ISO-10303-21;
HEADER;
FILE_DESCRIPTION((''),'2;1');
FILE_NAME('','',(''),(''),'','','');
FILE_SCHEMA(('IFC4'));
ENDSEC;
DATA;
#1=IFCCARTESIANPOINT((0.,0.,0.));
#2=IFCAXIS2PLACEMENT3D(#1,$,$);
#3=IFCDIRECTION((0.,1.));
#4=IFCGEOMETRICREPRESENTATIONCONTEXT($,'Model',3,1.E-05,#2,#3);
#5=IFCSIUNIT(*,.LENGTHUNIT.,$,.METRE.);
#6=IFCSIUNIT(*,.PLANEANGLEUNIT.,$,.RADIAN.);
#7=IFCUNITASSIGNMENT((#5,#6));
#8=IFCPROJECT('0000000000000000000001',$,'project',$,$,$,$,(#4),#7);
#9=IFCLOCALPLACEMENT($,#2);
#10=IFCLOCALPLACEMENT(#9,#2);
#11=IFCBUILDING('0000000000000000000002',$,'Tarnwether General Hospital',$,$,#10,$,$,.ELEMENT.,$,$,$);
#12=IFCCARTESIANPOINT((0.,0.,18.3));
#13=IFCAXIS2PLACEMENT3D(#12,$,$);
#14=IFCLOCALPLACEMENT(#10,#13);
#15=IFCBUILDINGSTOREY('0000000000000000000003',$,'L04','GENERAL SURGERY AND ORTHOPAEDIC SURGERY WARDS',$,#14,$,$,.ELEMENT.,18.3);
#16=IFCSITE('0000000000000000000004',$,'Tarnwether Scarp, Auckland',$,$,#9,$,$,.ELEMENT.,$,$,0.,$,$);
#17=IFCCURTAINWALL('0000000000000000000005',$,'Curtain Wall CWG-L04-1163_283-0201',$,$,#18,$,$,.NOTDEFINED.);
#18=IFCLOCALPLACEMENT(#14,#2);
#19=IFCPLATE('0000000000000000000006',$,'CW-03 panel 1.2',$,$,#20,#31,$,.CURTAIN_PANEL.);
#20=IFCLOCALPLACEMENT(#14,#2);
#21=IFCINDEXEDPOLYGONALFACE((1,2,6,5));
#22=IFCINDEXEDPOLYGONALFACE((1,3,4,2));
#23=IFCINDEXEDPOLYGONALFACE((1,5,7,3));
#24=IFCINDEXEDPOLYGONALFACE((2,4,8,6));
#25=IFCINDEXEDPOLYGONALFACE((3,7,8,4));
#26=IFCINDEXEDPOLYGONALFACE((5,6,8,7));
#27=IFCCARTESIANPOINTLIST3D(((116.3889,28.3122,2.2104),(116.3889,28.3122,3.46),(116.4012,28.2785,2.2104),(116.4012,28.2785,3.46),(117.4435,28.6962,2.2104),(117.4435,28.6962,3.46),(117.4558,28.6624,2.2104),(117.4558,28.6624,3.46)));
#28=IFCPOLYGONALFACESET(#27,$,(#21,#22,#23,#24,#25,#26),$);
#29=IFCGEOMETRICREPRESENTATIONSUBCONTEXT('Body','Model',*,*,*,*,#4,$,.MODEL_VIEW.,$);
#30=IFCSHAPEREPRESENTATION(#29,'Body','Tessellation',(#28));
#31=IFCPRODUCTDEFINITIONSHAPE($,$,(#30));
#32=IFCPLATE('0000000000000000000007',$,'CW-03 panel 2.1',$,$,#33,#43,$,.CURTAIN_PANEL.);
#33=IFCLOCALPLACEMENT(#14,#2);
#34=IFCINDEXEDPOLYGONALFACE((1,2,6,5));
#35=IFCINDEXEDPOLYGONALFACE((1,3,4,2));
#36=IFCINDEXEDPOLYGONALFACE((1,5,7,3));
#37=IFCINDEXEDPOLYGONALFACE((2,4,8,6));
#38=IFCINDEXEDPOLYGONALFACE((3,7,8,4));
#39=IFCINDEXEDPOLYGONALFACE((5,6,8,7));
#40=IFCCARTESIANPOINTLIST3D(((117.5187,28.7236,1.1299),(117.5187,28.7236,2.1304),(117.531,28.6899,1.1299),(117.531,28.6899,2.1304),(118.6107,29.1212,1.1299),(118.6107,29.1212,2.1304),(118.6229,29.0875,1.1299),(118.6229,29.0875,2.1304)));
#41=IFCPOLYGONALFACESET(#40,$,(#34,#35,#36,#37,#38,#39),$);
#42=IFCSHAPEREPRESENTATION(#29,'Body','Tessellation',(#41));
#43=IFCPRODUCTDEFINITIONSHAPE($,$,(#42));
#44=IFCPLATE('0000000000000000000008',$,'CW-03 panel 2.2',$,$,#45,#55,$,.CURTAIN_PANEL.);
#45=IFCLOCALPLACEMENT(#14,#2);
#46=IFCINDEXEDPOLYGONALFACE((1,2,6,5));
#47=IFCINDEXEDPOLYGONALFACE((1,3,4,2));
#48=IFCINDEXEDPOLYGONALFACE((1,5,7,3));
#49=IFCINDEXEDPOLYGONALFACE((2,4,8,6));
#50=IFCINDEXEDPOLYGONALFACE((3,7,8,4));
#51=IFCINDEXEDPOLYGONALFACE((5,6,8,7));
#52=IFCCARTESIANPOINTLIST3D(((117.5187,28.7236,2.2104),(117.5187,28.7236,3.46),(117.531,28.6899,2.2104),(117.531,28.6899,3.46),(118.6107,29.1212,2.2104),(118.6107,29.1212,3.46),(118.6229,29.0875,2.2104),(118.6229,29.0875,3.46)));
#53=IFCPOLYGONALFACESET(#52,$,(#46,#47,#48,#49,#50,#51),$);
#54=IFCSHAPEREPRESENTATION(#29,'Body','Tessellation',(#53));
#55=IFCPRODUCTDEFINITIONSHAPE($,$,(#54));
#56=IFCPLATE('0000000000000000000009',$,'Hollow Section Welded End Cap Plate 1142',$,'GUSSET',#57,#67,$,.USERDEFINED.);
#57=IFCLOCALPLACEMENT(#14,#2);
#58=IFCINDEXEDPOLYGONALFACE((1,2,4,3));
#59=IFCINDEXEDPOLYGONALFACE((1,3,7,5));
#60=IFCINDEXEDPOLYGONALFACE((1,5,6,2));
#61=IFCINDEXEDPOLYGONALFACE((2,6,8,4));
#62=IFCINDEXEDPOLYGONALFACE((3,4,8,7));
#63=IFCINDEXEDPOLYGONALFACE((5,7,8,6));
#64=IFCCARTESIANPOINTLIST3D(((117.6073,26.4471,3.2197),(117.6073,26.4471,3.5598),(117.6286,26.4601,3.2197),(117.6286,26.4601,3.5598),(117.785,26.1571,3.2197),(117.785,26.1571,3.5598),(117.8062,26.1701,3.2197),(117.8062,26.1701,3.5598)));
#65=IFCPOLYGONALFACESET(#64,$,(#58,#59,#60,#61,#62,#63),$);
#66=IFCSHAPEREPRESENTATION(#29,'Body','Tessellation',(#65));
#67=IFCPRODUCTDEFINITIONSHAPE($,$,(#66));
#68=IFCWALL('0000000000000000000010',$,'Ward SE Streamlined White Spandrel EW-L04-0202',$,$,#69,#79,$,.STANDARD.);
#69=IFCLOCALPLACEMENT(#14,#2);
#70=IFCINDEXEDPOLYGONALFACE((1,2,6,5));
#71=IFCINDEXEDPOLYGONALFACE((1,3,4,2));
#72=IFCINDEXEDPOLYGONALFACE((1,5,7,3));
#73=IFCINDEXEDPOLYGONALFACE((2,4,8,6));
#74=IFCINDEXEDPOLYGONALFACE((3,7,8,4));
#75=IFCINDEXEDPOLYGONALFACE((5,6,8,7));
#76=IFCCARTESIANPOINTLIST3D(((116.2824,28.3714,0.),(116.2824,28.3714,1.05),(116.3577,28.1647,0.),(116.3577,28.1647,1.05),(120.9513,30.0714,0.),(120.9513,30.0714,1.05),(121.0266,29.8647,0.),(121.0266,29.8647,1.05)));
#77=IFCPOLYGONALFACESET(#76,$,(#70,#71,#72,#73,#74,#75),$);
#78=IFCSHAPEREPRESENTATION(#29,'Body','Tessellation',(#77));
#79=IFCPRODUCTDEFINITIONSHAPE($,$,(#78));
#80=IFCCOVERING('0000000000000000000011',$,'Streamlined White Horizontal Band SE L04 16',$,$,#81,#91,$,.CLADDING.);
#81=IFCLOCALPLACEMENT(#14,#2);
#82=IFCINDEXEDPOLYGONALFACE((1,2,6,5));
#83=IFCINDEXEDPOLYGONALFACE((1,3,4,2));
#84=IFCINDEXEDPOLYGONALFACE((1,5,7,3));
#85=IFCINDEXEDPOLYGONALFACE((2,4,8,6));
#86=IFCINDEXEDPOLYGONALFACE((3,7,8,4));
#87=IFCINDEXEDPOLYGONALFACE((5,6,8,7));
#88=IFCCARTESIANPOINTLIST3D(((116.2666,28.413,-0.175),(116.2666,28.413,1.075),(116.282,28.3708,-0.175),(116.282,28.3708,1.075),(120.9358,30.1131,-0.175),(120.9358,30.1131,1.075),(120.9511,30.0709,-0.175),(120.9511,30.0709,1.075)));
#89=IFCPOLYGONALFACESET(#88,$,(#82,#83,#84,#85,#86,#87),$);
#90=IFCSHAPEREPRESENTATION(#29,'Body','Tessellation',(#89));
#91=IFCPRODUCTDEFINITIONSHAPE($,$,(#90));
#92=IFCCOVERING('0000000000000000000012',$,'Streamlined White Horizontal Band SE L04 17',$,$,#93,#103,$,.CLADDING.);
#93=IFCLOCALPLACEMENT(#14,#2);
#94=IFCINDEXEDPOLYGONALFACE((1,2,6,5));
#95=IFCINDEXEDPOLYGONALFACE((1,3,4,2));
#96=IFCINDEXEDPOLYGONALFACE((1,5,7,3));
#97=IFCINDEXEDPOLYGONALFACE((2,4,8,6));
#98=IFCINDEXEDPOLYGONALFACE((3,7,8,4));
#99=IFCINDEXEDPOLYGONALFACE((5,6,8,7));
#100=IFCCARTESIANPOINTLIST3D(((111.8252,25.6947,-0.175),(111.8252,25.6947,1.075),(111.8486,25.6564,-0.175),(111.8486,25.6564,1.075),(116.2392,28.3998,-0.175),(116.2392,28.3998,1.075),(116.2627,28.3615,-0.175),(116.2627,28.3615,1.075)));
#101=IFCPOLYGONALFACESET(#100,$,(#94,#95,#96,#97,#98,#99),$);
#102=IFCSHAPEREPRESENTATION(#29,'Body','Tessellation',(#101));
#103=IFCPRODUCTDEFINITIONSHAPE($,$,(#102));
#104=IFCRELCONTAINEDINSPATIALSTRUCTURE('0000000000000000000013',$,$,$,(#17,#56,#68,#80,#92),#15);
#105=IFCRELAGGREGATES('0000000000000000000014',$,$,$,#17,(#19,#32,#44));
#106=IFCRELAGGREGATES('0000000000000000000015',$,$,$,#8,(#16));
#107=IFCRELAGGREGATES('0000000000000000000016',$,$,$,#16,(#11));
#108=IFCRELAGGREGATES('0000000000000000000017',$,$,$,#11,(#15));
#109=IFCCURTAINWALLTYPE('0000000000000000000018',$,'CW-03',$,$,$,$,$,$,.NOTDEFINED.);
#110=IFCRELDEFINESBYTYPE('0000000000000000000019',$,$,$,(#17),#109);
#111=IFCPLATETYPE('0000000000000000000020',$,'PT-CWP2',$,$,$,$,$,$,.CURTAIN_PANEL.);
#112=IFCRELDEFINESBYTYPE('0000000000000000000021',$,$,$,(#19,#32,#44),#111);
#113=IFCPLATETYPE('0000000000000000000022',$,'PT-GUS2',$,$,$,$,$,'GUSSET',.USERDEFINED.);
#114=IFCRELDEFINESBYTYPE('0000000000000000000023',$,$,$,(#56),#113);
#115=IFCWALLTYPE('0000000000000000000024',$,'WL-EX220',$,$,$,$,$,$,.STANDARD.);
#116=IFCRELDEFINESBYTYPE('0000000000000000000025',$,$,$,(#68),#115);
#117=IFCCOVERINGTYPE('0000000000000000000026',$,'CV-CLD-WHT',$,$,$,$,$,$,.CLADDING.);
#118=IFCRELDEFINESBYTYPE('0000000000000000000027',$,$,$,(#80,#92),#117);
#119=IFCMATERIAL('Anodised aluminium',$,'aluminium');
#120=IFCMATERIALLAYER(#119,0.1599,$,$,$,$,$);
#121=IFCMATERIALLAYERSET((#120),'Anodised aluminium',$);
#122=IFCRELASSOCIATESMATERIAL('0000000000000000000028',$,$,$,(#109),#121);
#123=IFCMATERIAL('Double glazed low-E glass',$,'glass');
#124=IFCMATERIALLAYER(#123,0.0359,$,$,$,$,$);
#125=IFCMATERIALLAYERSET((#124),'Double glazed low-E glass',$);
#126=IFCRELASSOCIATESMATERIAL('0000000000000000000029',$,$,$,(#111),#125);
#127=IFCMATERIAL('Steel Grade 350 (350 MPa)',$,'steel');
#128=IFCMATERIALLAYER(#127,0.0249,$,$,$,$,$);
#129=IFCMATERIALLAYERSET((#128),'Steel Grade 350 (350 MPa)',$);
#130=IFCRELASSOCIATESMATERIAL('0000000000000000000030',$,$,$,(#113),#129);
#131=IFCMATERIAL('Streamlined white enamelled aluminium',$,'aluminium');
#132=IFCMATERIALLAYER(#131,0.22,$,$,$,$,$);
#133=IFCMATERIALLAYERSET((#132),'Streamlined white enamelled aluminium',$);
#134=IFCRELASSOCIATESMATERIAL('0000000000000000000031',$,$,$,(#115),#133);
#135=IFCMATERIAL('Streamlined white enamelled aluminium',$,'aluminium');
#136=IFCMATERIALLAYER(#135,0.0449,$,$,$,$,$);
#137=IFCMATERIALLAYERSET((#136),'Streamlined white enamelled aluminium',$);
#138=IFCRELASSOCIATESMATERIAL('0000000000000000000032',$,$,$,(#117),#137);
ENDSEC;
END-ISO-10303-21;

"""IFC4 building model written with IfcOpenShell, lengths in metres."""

from ifc_helpers import new_model, si_unit, direction, frame, frame_2d, origin, origin_2d, place, context, subcontext, project, spatial, rectangle, extrude, material, layer, layer_set, type_object, element, aggregate, save


model = new_model("IFC4")

# Units and contexts
model_context = context("Model", 3, precision=1e-05, world=origin(), true_north=direction((0.0, 1.0)))
body_context = subcontext(model_context, "Body", "Model", "MODEL_VIEW")
ifc_project = project(units=[si_unit("LENGTHUNIT", "METRE"), si_unit("PLANEANGLEUNIT", "RADIAN")], contexts=[model_context])

# Site, building, storey
site_placement = place(None, origin())
site = spatial("IfcSite", under=ifc_project, at=site_placement, Name="Tarnwether Scarp, Auckland", CompositionType="ELEMENT", RefElevation=0.0)
building_placement = place(site_placement, origin())
building = spatial("IfcBuilding", under=site, at=building_placement, Name="Tarnwether General Hospital", CompositionType="ELEMENT")
storey_placement = place(building_placement, frame((0.0, 0.0, 18.3)))
storey = spatial("IfcBuildingStorey", under=building, at=storey_placement, Name="L04", Description="GENERAL SURGERY AND ORTHOPAEDIC SURGERY WARDS", CompositionType="ELEMENT", Elevation=18.3)

# Curtain wall
ifc_material_1 = material(Name="Anodised aluminium", Category="aluminium")
ifc_layer_1 = layer(ifc_material_1, 0.1599)
ifc_layer_set_1 = layer_set([ifc_layer_1], Name="Anodised aluminium")
curtain_wall_type = type_object("IfcCurtainWallType", Name="CW-03", PredefinedType="NOTDEFINED", material=ifc_layer_set_1)
curtain_wall_1_placement = place(storey_placement, origin())
curtain_wall_1 = element("IfcCurtainWall", 1, at=curtain_wall_1_placement, inside=storey, type_object=curtain_wall_type, Name="Curtain Wall CWG-L04-1163_283-0201", PredefinedType="NOTDEFINED")

# Plates
ifc_material_2 = material(Name="Double glazed low-E glass", Category="glass")
ifc_layer_2 = layer(ifc_material_2, 0.0359)
ifc_layer_set_2 = layer_set([ifc_layer_2], Name="Double glazed low-E glass")
plate_type_1 = type_object("IfcPlateType", Name="PT-CWP2", PredefinedType="CURTAIN_PANEL", material=ifc_layer_set_2)
plate_1_placement = place(storey_placement, frame((116.9224, 28.4873, 2.2104), z_axis=(0.0, 0.0, 1.0), x_axis=(0.939652, 0.342131, 0.0)))
plate_1 = element("IfcPlate", 2, at=plate_1_placement, type_object=plate_type_1, Name="CW-03 panel 1.2", PredefinedType="CURTAIN_PANEL", context=body_context, shape_type="SweptSolid", body=[
    extrude(rectangle(XDim=1.1223, YDim=0.0359, at=origin_2d()), origin(), (0.0, 0.0, 1.0), 1.2495),
])
plate_2_placement = place(storey_placement, frame((118.0708, 28.9055, 1.1299), z_axis=(0.0, 0.0, 1.0), x_axis=(0.939652, 0.342131, 0.0)))
plate_2 = element("IfcPlate", 3, at=plate_2_placement, type_object=plate_type_1, Name="CW-03 panel 2.1", PredefinedType="CURTAIN_PANEL", context=body_context, shape_type="SweptSolid", body=[
    extrude(rectangle(XDim=1.1621, YDim=0.0359, at=origin_2d()), origin(), (0.0, 0.0, 1.0), 1.0005),
])
plate_3_placement = place(storey_placement, frame((118.0708, 28.9055, 2.2104), z_axis=(0.0, 0.0, 1.0), x_axis=(0.939652, 0.342131, 0.0)))
plate_3 = element("IfcPlate", 4, at=plate_3_placement, type_object=plate_type_1, Name="CW-03 panel 2.2", PredefinedType="CURTAIN_PANEL", context=body_context, shape_type="SweptSolid", body=[
    extrude(rectangle(XDim=1.1621, YDim=0.0359, at=origin_2d()), origin(), (0.0, 0.0, 1.0), 1.2495),
])
aggregate(curtain_wall_1, [plate_1, plate_2, plate_3])
ifc_material_3 = material(Name="Steel Grade 350 (350 MPa)", Category="steel")
ifc_layer_3 = layer(ifc_material_3, 0.0249)
ifc_layer_set_3 = layer_set([ifc_layer_3], Name="Steel Grade 350 (350 MPa)")
plate_type_2 = type_object("IfcPlateType", Name="PT-GUS2", ElementType="GUSSET", PredefinedType="USERDEFINED", material=ifc_layer_set_3)
plate_4_placement = place(storey_placement, frame((117.7068, 26.3086, 3.2197), z_axis=(0.0, 0.0, 1.0), x_axis=(0.852649, 0.522484, 0.0)))
element("IfcPlate", 5, at=plate_4_placement, inside=storey, type_object=plate_type_2, Name="Hollow Section Welded End Cap Plate 1142", ObjectType="GUSSET", PredefinedType="USERDEFINED", context=body_context, shape_type="SweptSolid", body=[
    extrude(rectangle(XDim=0.0249, YDim=0.3401, at=origin_2d()), origin(), (0.0, 0.0, 1.0), 0.3401),
])

# Wall
ifc_material_4 = material(Name="Streamlined white enamelled aluminium", Category="aluminium")
ifc_layer_4 = layer(ifc_material_4, 0.22)
ifc_layer_set_4 = layer_set([ifc_layer_4], Name="Streamlined white enamelled aluminium")
wall_type = type_object("IfcWallType", Name="WL-EX220", PredefinedType="STANDARD", material=ifc_layer_set_4)
wall_placement = place(storey_placement, frame((116.3201, 28.2681, 0.0), z_axis=(0.0, 0.0, 1.0), x_axis=(0.939654, 0.342126, 0.0)))
element("IfcWall", 6, at=wall_placement, inside=storey, type_object=wall_type, Name="Ward SE Streamlined White Spandrel EW-L04-0202", PredefinedType="STANDARD", context=body_context, shape_type="SweptSolid", body=[
    extrude(rectangle(XDim=4.9688, YDim=0.22, at=frame_2d((2.4844, 0.0))), origin(), (0.0, 0.0, 1.0), 1.05),
])

# Coverings
ifc_material_5 = material(Name="Streamlined white enamelled aluminium", Category="aluminium")
ifc_layer_5 = layer(ifc_material_5, 0.0449)
ifc_layer_set_5 = layer_set([ifc_layer_5], Name="Streamlined white enamelled aluminium")
covering_type = type_object("IfcCoveringType", Name="CV-CLD-WHT", PredefinedType="CLADDING", material=ifc_layer_set_5)
covering_1_placement = place(storey_placement, frame((118.6089, 29.2419, -0.175), z_axis=(0.0, 0.0, 1.0), x_axis=(0.939651, 0.342135, 0.0)))
element("IfcCovering", 7, at=covering_1_placement, inside=storey, type_object=covering_type, Name="Streamlined White Horizontal Band SE L04 16", PredefinedType="CLADDING", context=body_context, shape_type="SweptSolid", body=[
    extrude(rectangle(XDim=4.969, YDim=0.0449, at=origin_2d()), origin(), (0.0, 0.0, 1.0), 1.25),
])
covering_2_placement = place(storey_placement, frame((114.0439, 27.0281, -0.175), z_axis=(0.0, 0.0, 1.0), x_axis=(0.852631, 0.522513, 0.0)))
element("IfcCovering", 8, at=covering_2_placement, inside=storey, type_object=covering_type, Name="Streamlined White Horizontal Band SE L04 17", PredefinedType="CLADDING", context=body_context, shape_type="SweptSolid", body=[
    extrude(rectangle(XDim=5.177, YDim=0.0449, at=origin_2d()), origin(), (0.0, 0.0, 1.0), 1.25),
])

save(model, "model.ifc")
